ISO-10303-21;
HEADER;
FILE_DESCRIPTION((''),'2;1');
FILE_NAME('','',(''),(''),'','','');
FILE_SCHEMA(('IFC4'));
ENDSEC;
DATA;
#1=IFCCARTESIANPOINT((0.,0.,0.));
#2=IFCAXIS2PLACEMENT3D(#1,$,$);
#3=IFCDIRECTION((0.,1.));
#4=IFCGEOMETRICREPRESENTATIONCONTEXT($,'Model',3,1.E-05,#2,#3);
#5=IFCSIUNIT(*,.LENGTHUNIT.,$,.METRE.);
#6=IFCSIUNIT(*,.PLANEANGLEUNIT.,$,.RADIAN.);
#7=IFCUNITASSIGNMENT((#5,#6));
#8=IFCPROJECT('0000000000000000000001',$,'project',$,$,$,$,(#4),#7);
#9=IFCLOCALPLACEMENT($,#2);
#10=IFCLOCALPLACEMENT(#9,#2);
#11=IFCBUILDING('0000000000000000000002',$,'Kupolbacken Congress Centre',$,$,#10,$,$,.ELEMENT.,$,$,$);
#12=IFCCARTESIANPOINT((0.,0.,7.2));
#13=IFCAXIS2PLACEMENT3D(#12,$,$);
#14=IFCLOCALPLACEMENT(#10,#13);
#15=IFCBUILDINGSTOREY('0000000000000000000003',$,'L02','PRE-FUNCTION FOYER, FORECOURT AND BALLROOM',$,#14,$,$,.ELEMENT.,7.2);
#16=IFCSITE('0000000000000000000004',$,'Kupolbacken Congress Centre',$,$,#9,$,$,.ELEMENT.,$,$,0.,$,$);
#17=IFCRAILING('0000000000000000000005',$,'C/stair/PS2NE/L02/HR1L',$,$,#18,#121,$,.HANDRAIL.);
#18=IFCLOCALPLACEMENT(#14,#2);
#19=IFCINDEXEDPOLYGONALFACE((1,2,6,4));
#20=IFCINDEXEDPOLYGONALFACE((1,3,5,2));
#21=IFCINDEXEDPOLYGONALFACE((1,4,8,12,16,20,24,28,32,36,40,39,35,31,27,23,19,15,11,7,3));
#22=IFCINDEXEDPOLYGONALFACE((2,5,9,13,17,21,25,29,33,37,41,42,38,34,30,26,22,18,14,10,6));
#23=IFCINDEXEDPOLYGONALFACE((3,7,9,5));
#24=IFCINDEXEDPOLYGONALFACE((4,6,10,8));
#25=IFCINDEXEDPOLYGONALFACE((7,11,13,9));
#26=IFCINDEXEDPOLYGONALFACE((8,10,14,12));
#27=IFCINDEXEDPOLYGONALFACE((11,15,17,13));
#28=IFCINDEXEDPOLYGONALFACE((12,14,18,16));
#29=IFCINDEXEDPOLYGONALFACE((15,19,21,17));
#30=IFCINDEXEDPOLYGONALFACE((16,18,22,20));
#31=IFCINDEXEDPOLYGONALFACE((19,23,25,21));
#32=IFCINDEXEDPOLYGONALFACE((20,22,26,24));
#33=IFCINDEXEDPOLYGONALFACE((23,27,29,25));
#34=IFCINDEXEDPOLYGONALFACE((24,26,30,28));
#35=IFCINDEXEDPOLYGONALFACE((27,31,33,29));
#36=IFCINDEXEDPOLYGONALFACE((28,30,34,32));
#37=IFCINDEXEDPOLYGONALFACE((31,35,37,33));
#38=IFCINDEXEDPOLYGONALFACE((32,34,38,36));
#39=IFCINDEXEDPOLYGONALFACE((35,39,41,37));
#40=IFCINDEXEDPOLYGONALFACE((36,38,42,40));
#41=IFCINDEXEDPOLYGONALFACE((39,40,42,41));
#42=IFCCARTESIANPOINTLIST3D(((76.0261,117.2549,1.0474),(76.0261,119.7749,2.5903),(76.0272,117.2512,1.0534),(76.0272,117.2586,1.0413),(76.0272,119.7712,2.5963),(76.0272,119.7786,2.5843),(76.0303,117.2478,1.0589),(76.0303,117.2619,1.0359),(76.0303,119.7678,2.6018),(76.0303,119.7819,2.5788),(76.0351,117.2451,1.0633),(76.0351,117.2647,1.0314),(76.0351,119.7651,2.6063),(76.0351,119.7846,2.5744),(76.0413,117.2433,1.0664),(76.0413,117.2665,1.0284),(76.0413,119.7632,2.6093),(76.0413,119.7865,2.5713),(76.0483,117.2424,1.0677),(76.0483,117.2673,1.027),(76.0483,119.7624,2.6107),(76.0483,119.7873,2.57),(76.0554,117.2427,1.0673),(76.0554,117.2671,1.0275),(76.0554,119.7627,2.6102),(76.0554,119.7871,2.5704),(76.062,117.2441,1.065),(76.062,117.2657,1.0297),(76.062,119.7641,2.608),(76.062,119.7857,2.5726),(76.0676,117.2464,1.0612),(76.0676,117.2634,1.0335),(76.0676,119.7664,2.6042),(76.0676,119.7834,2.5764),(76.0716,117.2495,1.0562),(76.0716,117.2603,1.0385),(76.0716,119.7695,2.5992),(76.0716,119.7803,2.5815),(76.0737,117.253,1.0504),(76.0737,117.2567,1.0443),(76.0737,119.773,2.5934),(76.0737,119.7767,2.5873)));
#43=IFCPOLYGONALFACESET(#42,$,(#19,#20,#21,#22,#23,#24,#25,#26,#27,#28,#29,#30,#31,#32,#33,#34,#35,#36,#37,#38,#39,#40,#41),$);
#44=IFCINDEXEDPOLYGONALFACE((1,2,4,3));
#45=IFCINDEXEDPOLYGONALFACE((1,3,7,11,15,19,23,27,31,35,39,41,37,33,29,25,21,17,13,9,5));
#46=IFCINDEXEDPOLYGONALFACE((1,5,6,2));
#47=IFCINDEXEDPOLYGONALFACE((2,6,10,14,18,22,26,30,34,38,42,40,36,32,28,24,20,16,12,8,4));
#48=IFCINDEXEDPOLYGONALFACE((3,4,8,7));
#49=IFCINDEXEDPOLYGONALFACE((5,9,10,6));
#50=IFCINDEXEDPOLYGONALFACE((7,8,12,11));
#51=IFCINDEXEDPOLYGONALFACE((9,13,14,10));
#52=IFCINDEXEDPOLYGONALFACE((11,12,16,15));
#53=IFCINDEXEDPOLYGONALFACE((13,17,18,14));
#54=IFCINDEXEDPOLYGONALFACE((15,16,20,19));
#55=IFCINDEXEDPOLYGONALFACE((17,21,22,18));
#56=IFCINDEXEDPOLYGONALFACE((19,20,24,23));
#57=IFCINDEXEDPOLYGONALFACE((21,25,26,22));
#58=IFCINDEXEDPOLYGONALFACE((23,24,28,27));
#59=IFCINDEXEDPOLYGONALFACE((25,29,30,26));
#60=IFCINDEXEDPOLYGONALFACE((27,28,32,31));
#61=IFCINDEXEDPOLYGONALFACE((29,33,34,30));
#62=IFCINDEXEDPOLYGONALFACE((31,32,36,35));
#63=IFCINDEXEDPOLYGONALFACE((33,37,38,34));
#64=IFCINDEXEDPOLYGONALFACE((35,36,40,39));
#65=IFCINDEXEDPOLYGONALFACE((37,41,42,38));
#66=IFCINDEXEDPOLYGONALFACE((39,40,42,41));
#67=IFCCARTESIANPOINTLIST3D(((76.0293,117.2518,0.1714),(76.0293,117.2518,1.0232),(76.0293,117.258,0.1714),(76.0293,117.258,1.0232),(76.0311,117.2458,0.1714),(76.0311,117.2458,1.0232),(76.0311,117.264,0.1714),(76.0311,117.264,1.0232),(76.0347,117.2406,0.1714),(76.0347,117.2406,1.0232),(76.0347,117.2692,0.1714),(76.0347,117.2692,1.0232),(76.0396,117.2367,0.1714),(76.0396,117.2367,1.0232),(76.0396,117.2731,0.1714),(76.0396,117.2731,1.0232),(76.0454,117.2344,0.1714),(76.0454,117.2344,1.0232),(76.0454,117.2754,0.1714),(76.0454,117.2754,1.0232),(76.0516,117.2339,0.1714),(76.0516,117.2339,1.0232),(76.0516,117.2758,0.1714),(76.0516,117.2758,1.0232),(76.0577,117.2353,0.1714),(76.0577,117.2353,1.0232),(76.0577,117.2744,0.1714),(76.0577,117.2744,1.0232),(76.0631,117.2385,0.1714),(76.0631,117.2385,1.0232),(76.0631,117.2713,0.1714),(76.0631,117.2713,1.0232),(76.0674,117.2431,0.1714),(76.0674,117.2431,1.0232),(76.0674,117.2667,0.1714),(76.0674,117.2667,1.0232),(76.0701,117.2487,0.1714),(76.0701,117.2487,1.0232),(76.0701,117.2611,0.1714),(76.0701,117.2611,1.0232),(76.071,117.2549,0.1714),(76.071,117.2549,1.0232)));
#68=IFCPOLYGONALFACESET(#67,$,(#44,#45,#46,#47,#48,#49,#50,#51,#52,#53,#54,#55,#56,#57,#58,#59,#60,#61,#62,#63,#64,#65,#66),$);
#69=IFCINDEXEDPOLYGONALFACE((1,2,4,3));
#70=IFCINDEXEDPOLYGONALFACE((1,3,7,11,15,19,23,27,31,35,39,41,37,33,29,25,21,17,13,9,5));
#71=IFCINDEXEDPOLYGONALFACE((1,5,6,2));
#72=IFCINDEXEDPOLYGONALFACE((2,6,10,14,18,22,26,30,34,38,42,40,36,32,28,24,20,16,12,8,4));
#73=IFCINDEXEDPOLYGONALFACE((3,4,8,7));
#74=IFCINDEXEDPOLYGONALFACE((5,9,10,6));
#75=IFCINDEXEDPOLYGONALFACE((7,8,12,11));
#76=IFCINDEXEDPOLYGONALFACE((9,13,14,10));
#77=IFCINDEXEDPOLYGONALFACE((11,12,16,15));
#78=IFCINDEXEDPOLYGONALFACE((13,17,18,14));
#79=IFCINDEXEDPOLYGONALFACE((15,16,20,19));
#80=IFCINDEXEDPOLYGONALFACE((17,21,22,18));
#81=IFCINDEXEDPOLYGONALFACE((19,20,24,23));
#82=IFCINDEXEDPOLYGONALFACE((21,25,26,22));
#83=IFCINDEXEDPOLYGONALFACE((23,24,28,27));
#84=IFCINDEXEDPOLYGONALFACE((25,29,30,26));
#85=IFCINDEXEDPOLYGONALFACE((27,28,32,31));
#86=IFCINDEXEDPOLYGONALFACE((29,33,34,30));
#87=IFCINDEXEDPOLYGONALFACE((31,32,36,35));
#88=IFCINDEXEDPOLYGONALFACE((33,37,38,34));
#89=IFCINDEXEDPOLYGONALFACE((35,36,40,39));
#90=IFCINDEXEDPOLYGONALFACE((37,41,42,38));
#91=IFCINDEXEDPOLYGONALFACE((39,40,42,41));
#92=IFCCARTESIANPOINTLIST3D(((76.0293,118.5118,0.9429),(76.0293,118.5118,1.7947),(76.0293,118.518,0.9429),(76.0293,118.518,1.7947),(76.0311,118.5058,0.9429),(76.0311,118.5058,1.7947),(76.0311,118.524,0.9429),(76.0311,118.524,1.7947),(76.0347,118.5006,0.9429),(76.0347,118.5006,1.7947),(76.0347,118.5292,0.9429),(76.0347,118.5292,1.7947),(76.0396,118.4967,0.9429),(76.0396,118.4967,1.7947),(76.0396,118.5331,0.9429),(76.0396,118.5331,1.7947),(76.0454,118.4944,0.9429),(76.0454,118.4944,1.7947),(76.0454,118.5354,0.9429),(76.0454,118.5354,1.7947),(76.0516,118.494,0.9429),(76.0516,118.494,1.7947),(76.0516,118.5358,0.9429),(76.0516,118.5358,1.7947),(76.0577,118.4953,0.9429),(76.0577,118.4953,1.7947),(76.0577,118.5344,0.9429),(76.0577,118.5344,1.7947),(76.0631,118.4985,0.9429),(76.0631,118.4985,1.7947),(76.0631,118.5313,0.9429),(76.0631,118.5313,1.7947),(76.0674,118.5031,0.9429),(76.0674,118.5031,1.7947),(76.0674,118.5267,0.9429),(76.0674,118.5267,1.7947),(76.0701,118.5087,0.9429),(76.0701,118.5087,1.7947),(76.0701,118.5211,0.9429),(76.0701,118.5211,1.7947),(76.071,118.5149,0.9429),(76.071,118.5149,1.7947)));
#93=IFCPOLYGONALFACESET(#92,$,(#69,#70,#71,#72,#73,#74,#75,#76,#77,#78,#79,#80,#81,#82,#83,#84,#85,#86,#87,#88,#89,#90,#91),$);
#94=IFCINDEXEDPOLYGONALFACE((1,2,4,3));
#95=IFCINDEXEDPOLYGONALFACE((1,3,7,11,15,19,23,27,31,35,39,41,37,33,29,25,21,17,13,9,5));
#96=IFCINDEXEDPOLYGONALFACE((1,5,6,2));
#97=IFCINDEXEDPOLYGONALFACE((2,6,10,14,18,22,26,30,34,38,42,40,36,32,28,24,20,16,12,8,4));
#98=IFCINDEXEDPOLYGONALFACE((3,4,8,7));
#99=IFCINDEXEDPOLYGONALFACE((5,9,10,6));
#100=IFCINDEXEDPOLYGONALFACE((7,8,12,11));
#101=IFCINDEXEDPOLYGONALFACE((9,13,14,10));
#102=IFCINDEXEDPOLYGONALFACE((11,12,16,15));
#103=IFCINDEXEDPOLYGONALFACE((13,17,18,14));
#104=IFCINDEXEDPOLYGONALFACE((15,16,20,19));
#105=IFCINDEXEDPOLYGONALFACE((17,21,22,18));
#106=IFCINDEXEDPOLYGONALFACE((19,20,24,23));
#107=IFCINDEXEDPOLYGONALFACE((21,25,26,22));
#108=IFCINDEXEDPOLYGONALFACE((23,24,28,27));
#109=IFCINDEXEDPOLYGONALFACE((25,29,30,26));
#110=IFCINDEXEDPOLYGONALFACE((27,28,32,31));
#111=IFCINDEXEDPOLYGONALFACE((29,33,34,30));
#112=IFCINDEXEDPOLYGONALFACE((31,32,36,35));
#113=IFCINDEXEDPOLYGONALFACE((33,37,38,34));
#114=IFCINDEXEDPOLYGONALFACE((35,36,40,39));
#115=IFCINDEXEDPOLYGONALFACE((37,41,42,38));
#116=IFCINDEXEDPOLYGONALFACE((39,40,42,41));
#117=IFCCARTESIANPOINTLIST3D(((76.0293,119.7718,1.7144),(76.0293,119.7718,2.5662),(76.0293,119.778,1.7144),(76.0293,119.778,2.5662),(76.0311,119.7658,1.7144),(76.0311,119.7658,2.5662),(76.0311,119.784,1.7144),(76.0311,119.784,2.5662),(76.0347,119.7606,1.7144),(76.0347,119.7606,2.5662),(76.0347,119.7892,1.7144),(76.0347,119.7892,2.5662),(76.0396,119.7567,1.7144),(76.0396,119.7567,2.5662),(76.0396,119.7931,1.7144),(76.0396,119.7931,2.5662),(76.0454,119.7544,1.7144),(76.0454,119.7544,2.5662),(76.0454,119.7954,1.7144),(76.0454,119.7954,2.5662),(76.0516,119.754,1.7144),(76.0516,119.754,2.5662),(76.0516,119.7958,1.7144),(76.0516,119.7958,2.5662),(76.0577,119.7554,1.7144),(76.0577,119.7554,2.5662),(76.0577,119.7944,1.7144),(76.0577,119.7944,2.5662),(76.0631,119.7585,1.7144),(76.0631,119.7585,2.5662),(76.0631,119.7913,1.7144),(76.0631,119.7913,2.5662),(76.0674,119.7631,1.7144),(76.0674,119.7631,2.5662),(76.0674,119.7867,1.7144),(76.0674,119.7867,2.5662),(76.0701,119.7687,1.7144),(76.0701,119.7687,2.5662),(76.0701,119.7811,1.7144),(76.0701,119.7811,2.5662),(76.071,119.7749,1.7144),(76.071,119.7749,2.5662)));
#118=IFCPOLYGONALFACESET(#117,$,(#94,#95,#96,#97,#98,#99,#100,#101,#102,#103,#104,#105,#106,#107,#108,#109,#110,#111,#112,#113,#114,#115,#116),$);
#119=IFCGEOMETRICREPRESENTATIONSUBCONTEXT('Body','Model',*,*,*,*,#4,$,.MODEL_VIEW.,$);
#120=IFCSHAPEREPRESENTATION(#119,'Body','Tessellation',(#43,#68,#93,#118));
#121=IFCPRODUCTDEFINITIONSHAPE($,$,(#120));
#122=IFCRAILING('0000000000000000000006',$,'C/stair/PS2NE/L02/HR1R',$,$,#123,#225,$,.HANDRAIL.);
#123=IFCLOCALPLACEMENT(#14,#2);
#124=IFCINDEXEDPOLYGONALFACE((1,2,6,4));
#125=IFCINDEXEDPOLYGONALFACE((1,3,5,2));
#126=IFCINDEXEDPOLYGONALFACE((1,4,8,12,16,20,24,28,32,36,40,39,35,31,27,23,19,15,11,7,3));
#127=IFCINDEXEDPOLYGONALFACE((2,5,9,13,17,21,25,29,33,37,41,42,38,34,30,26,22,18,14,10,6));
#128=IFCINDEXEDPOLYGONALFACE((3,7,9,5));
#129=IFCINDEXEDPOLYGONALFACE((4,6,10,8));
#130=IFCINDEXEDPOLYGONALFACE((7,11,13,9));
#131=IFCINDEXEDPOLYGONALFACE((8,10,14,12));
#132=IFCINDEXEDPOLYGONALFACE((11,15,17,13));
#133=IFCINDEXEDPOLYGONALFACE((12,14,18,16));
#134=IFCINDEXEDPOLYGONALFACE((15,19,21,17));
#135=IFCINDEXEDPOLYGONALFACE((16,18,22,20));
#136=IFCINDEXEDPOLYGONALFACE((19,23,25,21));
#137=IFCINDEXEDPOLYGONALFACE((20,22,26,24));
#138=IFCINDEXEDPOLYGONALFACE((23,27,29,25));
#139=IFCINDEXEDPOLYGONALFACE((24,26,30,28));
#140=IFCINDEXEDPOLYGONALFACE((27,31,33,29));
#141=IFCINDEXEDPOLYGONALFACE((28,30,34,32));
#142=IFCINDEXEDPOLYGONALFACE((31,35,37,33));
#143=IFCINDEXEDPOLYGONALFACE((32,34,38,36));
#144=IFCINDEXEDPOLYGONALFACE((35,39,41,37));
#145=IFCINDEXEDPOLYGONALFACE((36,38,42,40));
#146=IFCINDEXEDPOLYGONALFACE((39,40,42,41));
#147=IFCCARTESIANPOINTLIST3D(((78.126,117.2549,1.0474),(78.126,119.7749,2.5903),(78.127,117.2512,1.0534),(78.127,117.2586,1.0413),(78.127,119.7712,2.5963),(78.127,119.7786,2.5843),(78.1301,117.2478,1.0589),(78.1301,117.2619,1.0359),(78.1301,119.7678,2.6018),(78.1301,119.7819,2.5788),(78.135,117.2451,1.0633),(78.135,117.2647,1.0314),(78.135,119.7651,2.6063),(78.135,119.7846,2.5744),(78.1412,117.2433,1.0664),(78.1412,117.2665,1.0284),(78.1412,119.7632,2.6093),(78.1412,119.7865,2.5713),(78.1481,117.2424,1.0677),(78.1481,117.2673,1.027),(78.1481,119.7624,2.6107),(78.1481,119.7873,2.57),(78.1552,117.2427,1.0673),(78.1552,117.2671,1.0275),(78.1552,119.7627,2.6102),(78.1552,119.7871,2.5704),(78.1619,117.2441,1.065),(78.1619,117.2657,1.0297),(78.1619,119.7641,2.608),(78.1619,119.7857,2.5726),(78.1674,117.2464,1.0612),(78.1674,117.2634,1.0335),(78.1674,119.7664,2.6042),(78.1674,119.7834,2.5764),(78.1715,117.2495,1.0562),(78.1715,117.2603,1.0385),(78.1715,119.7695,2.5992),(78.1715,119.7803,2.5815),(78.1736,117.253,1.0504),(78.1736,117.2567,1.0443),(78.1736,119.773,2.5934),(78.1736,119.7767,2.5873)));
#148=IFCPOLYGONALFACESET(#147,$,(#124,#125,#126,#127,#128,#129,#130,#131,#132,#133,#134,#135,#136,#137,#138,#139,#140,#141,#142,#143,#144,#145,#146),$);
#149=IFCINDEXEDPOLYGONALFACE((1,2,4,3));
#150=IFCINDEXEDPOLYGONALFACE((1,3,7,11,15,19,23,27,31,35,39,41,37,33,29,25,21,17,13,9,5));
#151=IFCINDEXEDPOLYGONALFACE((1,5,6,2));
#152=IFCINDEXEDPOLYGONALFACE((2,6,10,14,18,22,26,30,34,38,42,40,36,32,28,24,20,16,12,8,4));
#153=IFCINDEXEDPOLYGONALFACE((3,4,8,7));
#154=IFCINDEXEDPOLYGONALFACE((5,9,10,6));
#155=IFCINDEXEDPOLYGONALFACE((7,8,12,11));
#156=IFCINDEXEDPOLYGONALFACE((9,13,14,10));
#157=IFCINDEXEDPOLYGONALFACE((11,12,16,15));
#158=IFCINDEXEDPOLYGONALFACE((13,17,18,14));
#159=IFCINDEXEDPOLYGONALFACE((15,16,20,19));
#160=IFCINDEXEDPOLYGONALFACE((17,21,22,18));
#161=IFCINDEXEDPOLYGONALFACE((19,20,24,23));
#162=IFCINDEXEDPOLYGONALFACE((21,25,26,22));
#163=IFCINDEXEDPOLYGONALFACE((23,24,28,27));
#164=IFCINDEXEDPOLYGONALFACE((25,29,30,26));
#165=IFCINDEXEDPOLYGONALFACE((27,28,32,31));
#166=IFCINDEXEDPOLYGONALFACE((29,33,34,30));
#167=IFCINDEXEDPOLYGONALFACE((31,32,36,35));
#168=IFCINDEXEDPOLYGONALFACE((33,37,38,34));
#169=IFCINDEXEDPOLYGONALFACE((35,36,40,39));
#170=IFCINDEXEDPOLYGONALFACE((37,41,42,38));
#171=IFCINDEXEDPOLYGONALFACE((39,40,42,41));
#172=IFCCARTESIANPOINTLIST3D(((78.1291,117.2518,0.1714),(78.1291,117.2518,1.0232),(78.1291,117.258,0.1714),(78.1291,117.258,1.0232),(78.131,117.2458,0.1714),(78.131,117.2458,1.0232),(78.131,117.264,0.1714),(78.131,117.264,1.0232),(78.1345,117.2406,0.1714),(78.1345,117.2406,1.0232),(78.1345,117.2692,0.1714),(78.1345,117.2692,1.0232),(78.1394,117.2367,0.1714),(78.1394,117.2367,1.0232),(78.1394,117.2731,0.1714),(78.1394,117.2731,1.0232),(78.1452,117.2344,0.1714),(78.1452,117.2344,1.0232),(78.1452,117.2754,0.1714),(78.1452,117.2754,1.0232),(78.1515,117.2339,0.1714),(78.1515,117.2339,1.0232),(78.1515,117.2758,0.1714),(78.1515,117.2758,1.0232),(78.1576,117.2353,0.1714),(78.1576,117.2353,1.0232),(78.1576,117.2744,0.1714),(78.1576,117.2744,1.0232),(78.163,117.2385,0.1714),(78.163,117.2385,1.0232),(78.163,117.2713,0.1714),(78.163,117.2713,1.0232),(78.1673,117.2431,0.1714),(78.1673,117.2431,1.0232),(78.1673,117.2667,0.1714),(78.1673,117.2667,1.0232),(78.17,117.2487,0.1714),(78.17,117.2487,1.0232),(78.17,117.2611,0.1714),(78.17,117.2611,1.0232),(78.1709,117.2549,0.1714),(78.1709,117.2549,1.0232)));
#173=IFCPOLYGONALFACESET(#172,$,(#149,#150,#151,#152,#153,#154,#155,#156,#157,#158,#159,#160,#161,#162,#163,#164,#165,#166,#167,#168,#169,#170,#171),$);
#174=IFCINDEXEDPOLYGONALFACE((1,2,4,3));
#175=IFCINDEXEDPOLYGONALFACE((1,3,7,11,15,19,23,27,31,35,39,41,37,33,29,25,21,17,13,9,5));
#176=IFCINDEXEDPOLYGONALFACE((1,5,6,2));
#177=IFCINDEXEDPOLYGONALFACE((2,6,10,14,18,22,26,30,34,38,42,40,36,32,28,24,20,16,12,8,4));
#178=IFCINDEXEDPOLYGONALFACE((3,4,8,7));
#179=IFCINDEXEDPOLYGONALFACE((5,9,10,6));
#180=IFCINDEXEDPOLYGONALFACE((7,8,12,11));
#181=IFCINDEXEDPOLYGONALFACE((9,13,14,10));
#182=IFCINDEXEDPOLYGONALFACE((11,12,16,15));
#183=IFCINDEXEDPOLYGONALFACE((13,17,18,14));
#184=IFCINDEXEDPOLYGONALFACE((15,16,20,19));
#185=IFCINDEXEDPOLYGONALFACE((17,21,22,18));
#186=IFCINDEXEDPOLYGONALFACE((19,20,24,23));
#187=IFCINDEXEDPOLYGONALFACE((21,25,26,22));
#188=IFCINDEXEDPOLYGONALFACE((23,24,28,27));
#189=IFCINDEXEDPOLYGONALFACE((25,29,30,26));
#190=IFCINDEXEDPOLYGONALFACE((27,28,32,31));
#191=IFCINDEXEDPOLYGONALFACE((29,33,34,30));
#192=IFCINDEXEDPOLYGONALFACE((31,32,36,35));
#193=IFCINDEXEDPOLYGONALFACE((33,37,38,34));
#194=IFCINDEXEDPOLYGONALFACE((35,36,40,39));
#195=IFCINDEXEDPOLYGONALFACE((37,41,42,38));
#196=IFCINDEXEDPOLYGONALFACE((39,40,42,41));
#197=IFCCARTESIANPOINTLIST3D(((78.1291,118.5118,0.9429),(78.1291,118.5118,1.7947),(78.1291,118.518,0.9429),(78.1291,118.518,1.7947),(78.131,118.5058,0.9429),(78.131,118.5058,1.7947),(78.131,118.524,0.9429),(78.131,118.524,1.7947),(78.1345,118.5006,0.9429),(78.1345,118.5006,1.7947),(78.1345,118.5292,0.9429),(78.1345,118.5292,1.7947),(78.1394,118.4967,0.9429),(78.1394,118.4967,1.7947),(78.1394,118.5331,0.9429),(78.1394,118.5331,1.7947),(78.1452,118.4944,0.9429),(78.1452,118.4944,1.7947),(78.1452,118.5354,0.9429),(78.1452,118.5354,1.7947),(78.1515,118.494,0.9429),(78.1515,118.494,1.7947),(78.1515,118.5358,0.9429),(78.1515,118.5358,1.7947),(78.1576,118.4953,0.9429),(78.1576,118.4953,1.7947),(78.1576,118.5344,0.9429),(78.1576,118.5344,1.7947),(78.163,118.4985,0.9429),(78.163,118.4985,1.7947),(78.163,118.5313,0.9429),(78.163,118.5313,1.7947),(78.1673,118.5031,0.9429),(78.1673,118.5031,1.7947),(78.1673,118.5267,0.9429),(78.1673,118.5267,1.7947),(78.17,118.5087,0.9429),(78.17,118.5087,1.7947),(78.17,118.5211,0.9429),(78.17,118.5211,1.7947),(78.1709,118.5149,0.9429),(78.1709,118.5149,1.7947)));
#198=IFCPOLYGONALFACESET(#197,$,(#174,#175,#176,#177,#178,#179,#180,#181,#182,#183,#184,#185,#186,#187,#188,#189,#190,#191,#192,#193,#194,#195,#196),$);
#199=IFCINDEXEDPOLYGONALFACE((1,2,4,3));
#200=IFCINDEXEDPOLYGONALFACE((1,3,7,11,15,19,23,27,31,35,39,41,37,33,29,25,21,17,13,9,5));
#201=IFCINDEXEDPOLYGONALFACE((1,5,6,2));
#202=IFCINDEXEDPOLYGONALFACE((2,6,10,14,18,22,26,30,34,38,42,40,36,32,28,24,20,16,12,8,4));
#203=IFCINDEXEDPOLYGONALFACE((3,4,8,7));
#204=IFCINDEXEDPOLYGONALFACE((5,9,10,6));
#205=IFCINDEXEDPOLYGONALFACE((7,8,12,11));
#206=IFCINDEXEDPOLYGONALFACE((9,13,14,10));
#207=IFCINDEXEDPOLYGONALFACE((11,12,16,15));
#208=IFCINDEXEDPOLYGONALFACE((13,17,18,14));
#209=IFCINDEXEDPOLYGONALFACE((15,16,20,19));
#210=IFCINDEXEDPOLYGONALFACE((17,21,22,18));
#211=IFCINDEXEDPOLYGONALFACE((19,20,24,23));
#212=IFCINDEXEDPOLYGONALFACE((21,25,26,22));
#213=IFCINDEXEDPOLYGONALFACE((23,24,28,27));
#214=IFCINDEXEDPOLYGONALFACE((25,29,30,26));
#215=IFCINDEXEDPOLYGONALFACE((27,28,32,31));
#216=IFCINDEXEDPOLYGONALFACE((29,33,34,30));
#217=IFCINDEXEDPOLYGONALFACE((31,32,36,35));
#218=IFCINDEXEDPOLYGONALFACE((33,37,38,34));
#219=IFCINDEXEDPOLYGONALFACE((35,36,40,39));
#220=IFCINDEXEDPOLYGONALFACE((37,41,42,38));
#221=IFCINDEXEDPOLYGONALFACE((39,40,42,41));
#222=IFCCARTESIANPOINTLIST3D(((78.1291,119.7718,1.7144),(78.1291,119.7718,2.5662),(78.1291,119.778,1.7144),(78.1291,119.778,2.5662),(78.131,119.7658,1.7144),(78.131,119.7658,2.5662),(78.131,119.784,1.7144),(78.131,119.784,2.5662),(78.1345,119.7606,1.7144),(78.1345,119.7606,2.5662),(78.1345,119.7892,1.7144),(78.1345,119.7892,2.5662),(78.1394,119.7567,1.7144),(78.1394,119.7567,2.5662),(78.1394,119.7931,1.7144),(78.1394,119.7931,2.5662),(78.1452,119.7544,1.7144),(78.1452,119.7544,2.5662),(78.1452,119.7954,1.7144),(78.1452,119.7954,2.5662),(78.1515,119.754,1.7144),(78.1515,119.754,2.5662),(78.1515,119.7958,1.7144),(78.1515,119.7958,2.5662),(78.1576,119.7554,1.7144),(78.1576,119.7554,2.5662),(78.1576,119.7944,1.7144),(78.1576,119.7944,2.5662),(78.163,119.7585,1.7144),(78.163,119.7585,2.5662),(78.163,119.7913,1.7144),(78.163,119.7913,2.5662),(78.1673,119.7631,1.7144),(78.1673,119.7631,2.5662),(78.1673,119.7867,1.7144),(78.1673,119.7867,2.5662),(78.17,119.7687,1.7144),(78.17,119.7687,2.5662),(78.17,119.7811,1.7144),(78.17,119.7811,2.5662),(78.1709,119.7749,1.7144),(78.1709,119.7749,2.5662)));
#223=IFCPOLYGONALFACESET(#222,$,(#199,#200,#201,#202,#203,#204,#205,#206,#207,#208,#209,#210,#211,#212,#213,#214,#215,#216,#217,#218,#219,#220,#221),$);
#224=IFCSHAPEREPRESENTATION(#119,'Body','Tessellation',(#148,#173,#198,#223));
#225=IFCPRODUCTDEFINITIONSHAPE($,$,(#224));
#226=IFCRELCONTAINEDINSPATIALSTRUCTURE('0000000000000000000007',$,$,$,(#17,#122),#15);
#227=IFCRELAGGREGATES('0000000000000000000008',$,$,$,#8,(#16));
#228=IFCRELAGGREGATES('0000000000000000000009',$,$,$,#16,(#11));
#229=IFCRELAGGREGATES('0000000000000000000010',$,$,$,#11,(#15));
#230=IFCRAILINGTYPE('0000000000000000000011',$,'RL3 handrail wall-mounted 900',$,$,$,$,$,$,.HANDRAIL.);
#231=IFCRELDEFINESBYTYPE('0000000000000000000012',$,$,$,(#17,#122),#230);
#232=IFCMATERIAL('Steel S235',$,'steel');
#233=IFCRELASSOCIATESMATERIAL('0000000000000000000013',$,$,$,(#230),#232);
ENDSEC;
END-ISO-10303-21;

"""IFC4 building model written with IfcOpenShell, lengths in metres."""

from ifc_helpers import new_model, si_unit, direction, frame, origin, origin_2d, place, context, subcontext, project, spatial, circle, extrude, material, type_object, element, save


model = new_model("IFC4")

# Units and contexts
model_context = context("Model", 3, precision=1e-05, world=origin(), true_north=direction((0.0, 1.0)))
body_context = subcontext(model_context, "Body", "Model", "MODEL_VIEW")
ifc_project = project(units=[si_unit("LENGTHUNIT", "METRE"), si_unit("PLANEANGLEUNIT", "RADIAN")], contexts=[model_context])

# Site, building, storey
site_placement = place(None, origin())
site = spatial("IfcSite", under=ifc_project, at=site_placement, Name="Kupolbacken Congress Centre", CompositionType="ELEMENT", RefElevation=0.0)
building_placement = place(site_placement, origin())
building = spatial("IfcBuilding", under=site, at=building_placement, Name="Kupolbacken Congress Centre", CompositionType="ELEMENT")
storey_placement = place(building_placement, frame((0.0, 0.0, 7.2)))
storey = spatial("IfcBuildingStorey", under=building, at=storey_placement, Name="L02", Description="PRE-FUNCTION FOYER, FORECOURT AND BALLROOM", CompositionType="ELEMENT", Elevation=7.2)

# Railings
ifc_material_1 = material(Name="Steel S235", Category="steel")
railing_type = type_object("IfcRailingType", Name="RL3 handrail wall-mounted 900", PredefinedType="HANDRAIL", material=ifc_material_1)
for number, where, name in (
    (1, (76.05, 117.2549, 0.1714), "C/stair/PS2NE/L02/HR1L"),
    (2, (78.1499, 117.2549, 0.1714), "C/stair/PS2NE/L02/HR1R"),
):
    element("IfcRailing", number, at=place(storey_placement, frame(where)), inside=storey, type_object=railing_type, Name=name, PredefinedType="HANDRAIL", context=body_context, shape_type="SweptSolid", body=[
        extrude(circle(Radius=0.0239, at=origin_2d()), frame((0.0, 0.0, 0.876), z_axis=(0.0, 0.852836, 0.522178), x_axis=(-1.0, 0.0, 0.0)), (0.0, 0.0, 1.0), 2.9548),
        extrude(circle(Radius=0.021, at=origin_2d()), origin(), (0.0, 0.0, 1.0), 0.8518),
        extrude(circle(Radius=0.021, at=origin_2d()), frame((0.0, 1.26, 0.7715)), (0.0, 0.0, 1.0), 0.8518),
        extrude(circle(Radius=0.021, at=origin_2d()), frame((0.0, 2.52, 1.543)), (0.0, 0.0, 1.0), 0.8518),
    ])

save(model, "model.ifc")
